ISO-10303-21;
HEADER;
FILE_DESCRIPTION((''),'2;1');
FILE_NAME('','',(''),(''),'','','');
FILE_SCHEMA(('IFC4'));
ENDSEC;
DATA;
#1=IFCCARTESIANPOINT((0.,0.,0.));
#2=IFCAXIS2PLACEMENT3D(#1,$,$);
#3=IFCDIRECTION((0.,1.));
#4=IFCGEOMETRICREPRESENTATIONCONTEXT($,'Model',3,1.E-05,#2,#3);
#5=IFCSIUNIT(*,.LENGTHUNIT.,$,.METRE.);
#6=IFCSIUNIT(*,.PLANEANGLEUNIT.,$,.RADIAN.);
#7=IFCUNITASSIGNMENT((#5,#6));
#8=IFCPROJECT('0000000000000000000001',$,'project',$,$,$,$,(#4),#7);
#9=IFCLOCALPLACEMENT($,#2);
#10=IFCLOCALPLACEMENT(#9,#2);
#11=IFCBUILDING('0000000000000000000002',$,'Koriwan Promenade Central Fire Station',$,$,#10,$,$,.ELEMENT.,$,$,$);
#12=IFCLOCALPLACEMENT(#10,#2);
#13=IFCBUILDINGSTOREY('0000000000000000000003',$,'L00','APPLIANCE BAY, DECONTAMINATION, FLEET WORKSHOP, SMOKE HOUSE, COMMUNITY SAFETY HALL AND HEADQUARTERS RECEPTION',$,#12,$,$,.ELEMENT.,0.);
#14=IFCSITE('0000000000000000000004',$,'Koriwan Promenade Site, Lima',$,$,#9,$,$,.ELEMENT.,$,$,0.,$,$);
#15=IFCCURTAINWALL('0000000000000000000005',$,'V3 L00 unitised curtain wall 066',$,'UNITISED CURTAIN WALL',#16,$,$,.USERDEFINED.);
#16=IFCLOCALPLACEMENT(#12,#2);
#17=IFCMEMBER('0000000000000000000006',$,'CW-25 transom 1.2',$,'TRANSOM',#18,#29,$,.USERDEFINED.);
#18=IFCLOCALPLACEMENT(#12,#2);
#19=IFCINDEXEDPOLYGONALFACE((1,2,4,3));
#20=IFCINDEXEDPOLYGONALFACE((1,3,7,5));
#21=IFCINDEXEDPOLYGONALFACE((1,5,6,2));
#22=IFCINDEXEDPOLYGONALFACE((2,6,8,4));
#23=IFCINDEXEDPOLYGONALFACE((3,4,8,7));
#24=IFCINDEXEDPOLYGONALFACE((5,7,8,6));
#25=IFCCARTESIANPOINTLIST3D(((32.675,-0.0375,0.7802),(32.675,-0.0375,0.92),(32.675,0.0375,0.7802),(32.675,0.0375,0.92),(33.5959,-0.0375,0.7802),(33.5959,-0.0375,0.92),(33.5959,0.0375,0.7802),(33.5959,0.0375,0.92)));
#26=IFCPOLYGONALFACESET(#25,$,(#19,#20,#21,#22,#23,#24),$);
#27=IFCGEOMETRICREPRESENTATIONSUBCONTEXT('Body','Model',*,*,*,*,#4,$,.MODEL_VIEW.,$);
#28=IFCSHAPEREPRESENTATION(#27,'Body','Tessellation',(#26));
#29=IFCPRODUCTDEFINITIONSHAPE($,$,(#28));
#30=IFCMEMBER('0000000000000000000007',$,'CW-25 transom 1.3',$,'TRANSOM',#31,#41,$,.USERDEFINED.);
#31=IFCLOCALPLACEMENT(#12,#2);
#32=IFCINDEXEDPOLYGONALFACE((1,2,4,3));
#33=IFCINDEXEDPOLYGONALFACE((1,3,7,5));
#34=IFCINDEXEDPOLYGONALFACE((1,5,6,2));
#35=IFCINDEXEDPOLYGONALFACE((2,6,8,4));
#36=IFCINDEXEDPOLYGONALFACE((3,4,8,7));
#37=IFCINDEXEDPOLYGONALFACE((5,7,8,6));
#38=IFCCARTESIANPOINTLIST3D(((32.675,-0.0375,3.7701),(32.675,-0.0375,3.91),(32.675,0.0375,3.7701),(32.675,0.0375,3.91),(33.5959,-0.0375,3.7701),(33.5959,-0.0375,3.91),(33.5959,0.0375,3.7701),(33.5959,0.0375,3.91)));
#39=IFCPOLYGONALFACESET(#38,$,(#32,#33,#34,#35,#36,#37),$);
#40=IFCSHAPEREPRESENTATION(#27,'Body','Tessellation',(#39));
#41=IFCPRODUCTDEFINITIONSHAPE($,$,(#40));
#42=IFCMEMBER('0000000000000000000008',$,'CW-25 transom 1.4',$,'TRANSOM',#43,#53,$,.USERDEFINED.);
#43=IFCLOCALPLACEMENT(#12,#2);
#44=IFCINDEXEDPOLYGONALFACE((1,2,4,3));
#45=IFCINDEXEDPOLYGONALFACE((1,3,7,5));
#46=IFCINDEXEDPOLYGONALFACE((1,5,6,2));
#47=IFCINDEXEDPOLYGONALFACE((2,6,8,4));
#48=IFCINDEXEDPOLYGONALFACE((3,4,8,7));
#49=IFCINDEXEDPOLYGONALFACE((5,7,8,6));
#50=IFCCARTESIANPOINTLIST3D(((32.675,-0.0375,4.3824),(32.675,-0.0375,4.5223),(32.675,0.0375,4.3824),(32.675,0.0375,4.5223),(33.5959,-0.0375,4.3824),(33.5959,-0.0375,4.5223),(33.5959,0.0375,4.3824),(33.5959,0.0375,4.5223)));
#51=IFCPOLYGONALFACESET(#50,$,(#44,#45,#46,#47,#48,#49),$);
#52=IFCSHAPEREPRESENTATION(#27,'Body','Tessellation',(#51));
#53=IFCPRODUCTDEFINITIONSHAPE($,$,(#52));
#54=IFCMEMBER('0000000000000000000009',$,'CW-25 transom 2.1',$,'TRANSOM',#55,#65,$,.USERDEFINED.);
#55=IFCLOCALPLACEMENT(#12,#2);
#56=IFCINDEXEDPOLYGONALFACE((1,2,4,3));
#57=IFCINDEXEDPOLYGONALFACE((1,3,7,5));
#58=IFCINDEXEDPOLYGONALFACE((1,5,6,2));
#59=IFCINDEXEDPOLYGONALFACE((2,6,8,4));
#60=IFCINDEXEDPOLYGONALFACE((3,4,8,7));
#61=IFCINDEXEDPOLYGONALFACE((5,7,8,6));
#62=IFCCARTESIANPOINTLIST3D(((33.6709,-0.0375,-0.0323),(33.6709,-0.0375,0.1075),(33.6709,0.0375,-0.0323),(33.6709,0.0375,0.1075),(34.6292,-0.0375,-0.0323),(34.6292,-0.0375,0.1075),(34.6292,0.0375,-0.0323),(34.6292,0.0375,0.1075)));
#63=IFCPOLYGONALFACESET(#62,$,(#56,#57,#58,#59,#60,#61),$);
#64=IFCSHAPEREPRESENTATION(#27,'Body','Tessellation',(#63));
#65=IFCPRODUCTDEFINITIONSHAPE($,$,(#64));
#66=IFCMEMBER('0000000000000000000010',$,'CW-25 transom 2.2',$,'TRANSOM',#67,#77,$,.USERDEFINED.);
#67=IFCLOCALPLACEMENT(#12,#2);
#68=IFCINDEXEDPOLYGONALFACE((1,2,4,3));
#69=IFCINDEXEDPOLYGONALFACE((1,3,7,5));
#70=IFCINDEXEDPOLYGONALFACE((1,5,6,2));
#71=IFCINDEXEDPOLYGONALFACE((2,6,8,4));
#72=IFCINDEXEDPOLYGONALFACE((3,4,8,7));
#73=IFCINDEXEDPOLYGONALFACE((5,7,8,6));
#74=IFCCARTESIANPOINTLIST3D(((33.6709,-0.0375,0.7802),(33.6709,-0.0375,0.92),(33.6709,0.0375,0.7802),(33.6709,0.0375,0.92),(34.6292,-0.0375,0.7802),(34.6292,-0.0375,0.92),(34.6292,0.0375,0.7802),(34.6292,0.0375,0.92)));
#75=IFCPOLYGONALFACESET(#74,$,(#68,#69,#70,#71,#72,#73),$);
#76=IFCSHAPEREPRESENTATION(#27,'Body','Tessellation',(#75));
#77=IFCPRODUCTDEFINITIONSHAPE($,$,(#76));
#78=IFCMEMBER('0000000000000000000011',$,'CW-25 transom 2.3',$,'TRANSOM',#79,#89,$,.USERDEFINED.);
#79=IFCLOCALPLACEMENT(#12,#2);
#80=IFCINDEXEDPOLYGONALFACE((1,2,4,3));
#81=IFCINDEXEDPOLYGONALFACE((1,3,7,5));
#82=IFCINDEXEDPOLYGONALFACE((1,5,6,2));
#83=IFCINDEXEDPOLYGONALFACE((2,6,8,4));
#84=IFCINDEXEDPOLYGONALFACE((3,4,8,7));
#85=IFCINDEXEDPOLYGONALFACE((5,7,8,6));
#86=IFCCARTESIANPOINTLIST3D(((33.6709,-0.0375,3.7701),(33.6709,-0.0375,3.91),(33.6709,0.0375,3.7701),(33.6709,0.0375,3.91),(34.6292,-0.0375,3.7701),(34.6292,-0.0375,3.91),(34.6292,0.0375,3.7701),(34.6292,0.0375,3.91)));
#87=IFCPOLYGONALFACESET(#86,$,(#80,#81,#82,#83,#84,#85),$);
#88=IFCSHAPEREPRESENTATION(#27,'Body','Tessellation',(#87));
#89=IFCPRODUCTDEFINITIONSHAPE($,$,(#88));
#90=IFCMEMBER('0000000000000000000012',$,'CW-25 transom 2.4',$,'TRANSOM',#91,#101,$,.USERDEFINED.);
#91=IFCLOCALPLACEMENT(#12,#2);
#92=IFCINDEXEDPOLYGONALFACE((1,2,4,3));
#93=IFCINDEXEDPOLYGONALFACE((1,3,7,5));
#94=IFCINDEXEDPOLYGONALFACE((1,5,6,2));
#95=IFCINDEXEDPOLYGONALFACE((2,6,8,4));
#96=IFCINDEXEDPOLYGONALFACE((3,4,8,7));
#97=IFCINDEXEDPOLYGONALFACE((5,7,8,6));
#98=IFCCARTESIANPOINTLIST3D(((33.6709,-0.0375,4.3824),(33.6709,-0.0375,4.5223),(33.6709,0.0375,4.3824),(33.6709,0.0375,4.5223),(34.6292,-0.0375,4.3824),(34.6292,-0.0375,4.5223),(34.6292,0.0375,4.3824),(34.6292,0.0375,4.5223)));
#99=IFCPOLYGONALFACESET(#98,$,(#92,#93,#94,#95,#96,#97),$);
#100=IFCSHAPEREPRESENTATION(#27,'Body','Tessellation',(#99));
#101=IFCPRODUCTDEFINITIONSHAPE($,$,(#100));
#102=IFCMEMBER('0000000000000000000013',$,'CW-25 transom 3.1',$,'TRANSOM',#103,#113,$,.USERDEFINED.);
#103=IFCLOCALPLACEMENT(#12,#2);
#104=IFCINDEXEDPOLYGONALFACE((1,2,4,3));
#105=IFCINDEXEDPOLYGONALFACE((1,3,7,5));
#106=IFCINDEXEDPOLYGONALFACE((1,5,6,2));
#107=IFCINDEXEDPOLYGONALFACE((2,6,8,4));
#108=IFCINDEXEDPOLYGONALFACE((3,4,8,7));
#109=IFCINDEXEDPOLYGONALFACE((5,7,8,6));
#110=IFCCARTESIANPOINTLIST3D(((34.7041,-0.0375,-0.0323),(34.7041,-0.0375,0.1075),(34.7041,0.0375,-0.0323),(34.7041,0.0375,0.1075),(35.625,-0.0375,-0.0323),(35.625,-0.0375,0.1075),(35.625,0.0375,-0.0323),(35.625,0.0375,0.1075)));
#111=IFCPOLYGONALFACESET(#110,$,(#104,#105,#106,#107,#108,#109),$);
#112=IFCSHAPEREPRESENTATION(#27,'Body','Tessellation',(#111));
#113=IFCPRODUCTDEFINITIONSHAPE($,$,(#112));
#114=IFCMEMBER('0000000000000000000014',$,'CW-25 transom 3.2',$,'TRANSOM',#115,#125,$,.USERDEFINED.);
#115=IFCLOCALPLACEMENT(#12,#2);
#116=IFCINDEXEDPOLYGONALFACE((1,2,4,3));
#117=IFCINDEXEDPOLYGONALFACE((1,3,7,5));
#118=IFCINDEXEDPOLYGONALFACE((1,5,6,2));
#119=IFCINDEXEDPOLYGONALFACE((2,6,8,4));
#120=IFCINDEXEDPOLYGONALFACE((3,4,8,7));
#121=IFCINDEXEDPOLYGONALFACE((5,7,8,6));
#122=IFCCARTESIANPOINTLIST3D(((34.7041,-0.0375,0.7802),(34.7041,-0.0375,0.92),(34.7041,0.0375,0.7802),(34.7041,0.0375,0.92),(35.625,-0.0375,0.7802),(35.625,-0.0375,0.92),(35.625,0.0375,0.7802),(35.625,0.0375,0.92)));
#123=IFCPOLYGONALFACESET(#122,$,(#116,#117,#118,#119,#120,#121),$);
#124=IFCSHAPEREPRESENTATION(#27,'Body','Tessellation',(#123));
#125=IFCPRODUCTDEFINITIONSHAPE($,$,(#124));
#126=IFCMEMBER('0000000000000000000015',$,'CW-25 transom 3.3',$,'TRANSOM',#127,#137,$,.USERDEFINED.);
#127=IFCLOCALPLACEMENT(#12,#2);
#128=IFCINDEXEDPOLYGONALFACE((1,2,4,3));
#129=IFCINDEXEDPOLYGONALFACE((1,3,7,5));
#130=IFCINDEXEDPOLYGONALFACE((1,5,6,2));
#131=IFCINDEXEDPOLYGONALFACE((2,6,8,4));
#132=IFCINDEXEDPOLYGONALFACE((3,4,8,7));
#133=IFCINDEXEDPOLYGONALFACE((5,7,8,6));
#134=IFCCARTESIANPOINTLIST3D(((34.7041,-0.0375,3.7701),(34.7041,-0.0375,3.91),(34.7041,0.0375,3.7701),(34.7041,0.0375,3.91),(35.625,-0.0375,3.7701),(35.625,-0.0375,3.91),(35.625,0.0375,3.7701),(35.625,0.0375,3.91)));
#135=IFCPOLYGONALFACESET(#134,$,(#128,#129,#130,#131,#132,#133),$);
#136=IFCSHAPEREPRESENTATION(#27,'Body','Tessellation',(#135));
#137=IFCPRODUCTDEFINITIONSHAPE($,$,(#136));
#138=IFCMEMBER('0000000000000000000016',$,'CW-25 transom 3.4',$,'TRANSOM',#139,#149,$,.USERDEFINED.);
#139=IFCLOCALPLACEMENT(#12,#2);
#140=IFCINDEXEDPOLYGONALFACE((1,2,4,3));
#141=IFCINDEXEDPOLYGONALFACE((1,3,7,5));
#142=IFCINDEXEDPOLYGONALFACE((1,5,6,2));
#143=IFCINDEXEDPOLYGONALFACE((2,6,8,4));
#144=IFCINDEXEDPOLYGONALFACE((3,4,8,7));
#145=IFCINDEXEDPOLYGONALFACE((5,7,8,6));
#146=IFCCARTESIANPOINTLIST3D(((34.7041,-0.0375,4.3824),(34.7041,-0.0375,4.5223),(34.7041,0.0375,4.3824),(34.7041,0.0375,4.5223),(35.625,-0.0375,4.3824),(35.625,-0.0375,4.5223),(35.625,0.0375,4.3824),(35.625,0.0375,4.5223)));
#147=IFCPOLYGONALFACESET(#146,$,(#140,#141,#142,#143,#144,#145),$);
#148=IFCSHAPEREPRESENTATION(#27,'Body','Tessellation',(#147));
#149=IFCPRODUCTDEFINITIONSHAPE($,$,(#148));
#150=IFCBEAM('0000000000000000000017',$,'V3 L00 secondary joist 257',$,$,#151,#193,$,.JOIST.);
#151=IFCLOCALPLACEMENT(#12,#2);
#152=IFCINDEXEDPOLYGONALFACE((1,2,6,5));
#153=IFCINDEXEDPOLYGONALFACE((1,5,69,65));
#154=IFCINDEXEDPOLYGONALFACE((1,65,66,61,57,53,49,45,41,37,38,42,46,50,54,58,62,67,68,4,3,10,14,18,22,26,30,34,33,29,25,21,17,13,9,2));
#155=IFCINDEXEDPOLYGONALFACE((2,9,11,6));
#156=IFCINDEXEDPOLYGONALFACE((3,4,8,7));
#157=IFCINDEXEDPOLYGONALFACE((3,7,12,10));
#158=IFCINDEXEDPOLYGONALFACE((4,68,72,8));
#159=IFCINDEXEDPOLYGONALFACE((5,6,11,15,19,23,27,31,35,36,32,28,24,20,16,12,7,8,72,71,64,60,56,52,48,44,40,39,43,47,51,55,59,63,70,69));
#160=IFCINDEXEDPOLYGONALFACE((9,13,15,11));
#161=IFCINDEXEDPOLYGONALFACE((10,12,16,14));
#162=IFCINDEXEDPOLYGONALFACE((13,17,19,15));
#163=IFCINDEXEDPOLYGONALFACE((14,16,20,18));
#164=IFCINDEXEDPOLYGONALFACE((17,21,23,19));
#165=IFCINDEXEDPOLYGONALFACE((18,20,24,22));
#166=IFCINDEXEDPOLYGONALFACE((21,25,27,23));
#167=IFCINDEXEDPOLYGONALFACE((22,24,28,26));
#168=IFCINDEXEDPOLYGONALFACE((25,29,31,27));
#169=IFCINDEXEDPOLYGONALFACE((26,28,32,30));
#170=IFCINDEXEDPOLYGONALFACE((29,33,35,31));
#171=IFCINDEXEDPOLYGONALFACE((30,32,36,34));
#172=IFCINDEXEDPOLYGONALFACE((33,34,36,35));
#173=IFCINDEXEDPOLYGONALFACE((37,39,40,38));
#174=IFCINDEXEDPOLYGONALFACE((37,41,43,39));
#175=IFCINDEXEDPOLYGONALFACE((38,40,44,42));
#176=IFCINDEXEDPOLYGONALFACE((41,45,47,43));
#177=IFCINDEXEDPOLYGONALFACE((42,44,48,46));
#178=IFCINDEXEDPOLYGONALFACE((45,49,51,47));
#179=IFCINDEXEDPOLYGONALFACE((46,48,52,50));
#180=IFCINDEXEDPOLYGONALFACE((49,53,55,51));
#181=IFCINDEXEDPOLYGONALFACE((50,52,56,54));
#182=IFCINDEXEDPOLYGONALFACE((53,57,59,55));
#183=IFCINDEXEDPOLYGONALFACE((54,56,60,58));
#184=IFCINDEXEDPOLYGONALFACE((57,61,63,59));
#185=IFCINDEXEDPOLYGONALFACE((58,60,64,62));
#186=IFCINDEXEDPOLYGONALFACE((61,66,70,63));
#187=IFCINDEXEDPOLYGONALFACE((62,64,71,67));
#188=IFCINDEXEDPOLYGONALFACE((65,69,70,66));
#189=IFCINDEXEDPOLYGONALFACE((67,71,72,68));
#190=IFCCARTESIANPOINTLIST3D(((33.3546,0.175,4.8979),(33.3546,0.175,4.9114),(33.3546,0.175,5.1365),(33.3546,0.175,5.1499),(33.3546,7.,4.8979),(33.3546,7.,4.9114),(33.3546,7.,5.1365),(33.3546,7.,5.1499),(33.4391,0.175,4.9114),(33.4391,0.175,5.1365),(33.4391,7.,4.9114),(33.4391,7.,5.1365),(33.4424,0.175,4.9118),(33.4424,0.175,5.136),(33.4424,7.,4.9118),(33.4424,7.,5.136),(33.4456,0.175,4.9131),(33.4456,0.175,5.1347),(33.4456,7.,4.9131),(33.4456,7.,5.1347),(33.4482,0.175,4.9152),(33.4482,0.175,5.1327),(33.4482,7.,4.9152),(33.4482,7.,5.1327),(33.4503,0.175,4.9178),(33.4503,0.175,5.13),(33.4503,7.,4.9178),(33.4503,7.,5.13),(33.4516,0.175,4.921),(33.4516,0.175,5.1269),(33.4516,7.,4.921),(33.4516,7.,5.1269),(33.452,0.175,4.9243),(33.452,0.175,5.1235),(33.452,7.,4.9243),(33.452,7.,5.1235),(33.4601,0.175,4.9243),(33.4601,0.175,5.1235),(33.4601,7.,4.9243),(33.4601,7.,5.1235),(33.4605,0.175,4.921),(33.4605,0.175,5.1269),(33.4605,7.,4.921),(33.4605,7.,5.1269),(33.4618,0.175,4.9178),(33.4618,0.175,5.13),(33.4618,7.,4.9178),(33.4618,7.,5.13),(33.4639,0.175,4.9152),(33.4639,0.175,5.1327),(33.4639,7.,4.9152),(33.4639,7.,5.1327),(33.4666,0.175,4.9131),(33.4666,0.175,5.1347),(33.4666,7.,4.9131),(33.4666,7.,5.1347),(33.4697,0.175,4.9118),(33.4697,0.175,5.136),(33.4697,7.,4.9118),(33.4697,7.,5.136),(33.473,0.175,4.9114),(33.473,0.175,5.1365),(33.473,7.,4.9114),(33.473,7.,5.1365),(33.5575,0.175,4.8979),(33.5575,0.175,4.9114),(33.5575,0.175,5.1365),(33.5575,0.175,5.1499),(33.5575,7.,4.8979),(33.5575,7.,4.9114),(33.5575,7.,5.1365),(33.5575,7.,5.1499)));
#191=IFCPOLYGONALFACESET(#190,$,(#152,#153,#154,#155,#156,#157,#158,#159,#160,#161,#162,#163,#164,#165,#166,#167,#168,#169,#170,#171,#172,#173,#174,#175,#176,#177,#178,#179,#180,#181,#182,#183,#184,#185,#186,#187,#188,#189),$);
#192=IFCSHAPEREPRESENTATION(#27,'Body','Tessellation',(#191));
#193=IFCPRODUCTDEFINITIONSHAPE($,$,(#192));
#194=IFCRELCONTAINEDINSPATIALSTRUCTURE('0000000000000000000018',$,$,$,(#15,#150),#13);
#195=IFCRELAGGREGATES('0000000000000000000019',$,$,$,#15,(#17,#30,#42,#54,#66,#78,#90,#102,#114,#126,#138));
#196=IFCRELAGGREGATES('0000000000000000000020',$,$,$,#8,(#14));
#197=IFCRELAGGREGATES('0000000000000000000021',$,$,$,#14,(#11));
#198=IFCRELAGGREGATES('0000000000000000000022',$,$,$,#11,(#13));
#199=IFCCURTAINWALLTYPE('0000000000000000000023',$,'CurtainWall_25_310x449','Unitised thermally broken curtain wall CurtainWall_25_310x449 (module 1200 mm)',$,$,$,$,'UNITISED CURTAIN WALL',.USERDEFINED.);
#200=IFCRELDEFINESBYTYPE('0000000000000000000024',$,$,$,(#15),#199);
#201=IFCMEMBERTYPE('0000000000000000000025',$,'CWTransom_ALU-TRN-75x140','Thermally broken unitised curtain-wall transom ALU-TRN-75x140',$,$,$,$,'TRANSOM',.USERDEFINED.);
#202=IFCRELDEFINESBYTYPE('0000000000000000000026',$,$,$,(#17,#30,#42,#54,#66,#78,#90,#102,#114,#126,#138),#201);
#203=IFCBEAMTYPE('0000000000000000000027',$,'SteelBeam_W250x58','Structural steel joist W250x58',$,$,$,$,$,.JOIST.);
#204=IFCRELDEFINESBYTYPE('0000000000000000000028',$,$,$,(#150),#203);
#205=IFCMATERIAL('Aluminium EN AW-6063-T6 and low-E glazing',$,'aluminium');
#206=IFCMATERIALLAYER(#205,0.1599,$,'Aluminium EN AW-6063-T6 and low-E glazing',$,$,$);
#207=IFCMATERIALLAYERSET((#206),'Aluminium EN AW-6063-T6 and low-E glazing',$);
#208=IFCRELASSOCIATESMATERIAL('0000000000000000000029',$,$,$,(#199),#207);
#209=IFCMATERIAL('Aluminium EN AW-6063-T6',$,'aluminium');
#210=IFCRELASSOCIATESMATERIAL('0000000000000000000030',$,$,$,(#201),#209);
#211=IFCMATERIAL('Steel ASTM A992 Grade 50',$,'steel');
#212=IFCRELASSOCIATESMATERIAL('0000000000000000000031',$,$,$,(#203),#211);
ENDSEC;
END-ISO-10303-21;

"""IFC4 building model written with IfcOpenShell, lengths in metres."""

from ifc_helpers import new_model, si_unit, direction, frame, origin, origin_2d, place, context, subcontext, project, spatial, rectangle, i_section, extrude, material, layer, layer_set, material_profile, profile_set, type_object, element, aggregate, save


model = new_model("IFC4")

# Units and contexts
model_context = context("Model", 3, precision=1e-05, world=origin(), true_north=direction((0.0, 1.0)))
body_context = subcontext(model_context, "Body", "Model", "MODEL_VIEW")
ifc_project = project(units=[si_unit("LENGTHUNIT", "METRE"), si_unit("PLANEANGLEUNIT", "RADIAN")], contexts=[model_context])

# Site, building, storey
site_placement = place(None, origin())
site = spatial("IfcSite", under=ifc_project, at=site_placement, Name="Koriwan Promenade Site, Lima", CompositionType="ELEMENT", RefElevation=0.0)
building_placement = place(site_placement, origin())
building = spatial("IfcBuilding", under=site, at=building_placement, Name="Koriwan Promenade Central Fire Station", CompositionType="ELEMENT")
storey_placement = place(building_placement, origin())
storey = spatial("IfcBuildingStorey", under=building, at=storey_placement, Name="L00", Description="APPLIANCE BAY, DECONTAMINATION, FLEET WORKSHOP, SMOKE HOUSE, COMMUNITY SAFETY HALL AND HEADQUARTERS RECEPTION", CompositionType="ELEMENT", Elevation=0.0)

# Shared definitions
ifc_material_1 = material(Name="Aluminium EN AW-6063-T6 and low-E glazing", Category="aluminium")
ifc_material_2 = material(Name="Aluminium EN AW-6063-T6", Category="aluminium")

# Curtain wall
ifc_layer_1 = layer(ifc_material_1, 0.1599, Name="Aluminium EN AW-6063-T6 and low-E glazing")
ifc_layer_set_1 = layer_set([ifc_layer_1], Name="Aluminium EN AW-6063-T6 and low-E glazing")
curtain_wall_type_1 = type_object("IfcCurtainWallType", Name="CurtainWall_25_310x449", Description="Unitised thermally broken curtain wall CurtainWall_25_310x449 (module 1200 mm)", ElementType="UNITISED CURTAIN WALL", PredefinedType="USERDEFINED", material=ifc_layer_set_1)
curtain_wall_1_placement = place(storey_placement, origin())
curtain_wall_1 = element("IfcCurtainWall", 1, at=curtain_wall_1_placement, inside=storey, type_object=curtain_wall_type_1, Name="V3 L00 unitised curtain wall 066", ObjectType="UNITISED CURTAIN WALL", PredefinedType="USERDEFINED")

# Members
ifc_material_profile_1 = material_profile(ifc_material_2, rectangle(XDim=0.075, YDim=0.1399, at=origin_2d()), Name="ALU-TRN-75x140")
ifc_profile_set_1 = profile_set([ifc_material_profile_1], Name="Aluminium EN AW-6063-T6")
member_type_1 = type_object("IfcMemberType", Name="CWTransom_ALU-TRN-75x140", Description="Thermally broken unitised curtain-wall transom ALU-TRN-75x140", ElementType="TRANSOM", PredefinedType="USERDEFINED", material=ifc_profile_set_1)
member_1_placement = place(storey_placement, frame((32.675, 0.0, 0.8501), z_axis=(1.0, 0.0, 0.0), x_axis=(0.0, 1.0, 0.0)))
member_1 = element("IfcMember", 2, at=member_1_placement, type_object=member_type_1, Name="CW-25 transom 1.2", ObjectType="TRANSOM", PredefinedType="USERDEFINED", context=body_context, shape_type="SweptSolid", body=[
    extrude(rectangle(XDim=0.075, YDim=0.1399, at=origin_2d()), origin(), (0.0, 0.0, 1.0), 0.9209),
])
member_2_placement = place(storey_placement, frame((32.675, 0.0, 3.8401), z_axis=(1.0, 0.0, 0.0), x_axis=(0.0, 1.0, 0.0)))
member_2 = element("IfcMember", 3, at=member_2_placement, type_object=member_type_1, Name="CW-25 transom 1.3", ObjectType="TRANSOM", PredefinedType="USERDEFINED", context=body_context, shape_type="SweptSolid", body=[
    extrude(rectangle(XDim=0.075, YDim=0.1399, at=origin_2d()), origin(), (0.0, 0.0, 1.0), 0.9209),
])
member_3_placement = place(storey_placement, frame((32.675, 0.0, 4.4524), z_axis=(1.0, 0.0, 0.0), x_axis=(0.0, 1.0, 0.0)))
member_3 = element("IfcMember", 4, at=member_3_placement, type_object=member_type_1, Name="CW-25 transom 1.4", ObjectType="TRANSOM", PredefinedType="USERDEFINED", context=body_context, shape_type="SweptSolid", body=[
    extrude(rectangle(XDim=0.075, YDim=0.1399, at=origin_2d()), origin(), (0.0, 0.0, 1.0), 0.9209),
])
member_4_placement = place(storey_placement, frame((33.6709, 0.0, 0.0376), z_axis=(1.0, 0.0, 0.0), x_axis=(0.0, 1.0, 0.0)))
member_4 = element("IfcMember", 5, at=member_4_placement, type_object=member_type_1, Name="CW-25 transom 2.1", ObjectType="TRANSOM", PredefinedType="USERDEFINED", context=body_context, shape_type="SweptSolid", body=[
    extrude(rectangle(XDim=0.075, YDim=0.1399, at=origin_2d()), origin(), (0.0, 0.0, 1.0), 0.9583),
])
member_5_placement = place(storey_placement, frame((33.6709, 0.0, 0.8501), z_axis=(1.0, 0.0, 0.0), x_axis=(0.0, 1.0, 0.0)))
member_5 = element("IfcMember", 6, at=member_5_placement, type_object=member_type_1, Name="CW-25 transom 2.2", ObjectType="TRANSOM", PredefinedType="USERDEFINED", context=body_context, shape_type="SweptSolid", body=[
    extrude(rectangle(XDim=0.075, YDim=0.1399, at=origin_2d()), origin(), (0.0, 0.0, 1.0), 0.9583),
])
member_6_placement = place(storey_placement, frame((33.6709, 0.0, 3.8401), z_axis=(1.0, 0.0, 0.0), x_axis=(0.0, 1.0, 0.0)))
member_6 = element("IfcMember", 7, at=member_6_placement, type_object=member_type_1, Name="CW-25 transom 2.3", ObjectType="TRANSOM", PredefinedType="USERDEFINED", context=body_context, shape_type="SweptSolid", body=[
    extrude(rectangle(XDim=0.075, YDim=0.1399, at=origin_2d()), origin(), (0.0, 0.0, 1.0), 0.9583),
])
member_7_placement = place(storey_placement, frame((33.6709, 0.0, 4.4524), z_axis=(1.0, 0.0, 0.0), x_axis=(0.0, 1.0, 0.0)))
member_7 = element("IfcMember", 8, at=member_7_placement, type_object=member_type_1, Name="CW-25 transom 2.4", ObjectType="TRANSOM", PredefinedType="USERDEFINED", context=body_context, shape_type="SweptSolid", body=[
    extrude(rectangle(XDim=0.075, YDim=0.1399, at=origin_2d()), origin(), (0.0, 0.0, 1.0), 0.9583),
])
member_8_placement = place(storey_placement, frame((34.7041, 0.0, 0.0376), z_axis=(1.0, 0.0, 0.0), x_axis=(0.0, 1.0, 0.0)))
member_8 = element("IfcMember", 9, at=member_8_placement, type_object=member_type_1, Name="CW-25 transom 3.1", ObjectType="TRANSOM", PredefinedType="USERDEFINED", context=body_context, shape_type="SweptSolid", body=[
    extrude(rectangle(XDim=0.075, YDim=0.1399, at=origin_2d()), origin(), (0.0, 0.0, 1.0), 0.9209),
])
member_9_placement = place(storey_placement, frame((34.7041, 0.0, 0.8501), z_axis=(1.0, 0.0, 0.0), x_axis=(0.0, 1.0, 0.0)))
member_9 = element("IfcMember", 10, at=member_9_placement, type_object=member_type_1, Name="CW-25 transom 3.2", ObjectType="TRANSOM", PredefinedType="USERDEFINED", context=body_context, shape_type="SweptSolid", body=[
    extrude(rectangle(XDim=0.075, YDim=0.1399, at=origin_2d()), origin(), (0.0, 0.0, 1.0), 0.9209),
])
member_10_placement = place(storey_placement, frame((34.7041, 0.0, 3.8401), z_axis=(1.0, 0.0, 0.0), x_axis=(0.0, 1.0, 0.0)))
member_10 = element("IfcMember", 11, at=member_10_placement, type_object=member_type_1, Name="CW-25 transom 3.3", ObjectType="TRANSOM", PredefinedType="USERDEFINED", context=body_context, shape_type="SweptSolid", body=[
    extrude(rectangle(XDim=0.075, YDim=0.1399, at=origin_2d()), origin(), (0.0, 0.0, 1.0), 0.9209),
])
member_11_placement = place(storey_placement, frame((34.7041, 0.0, 4.4524), z_axis=(1.0, 0.0, 0.0), x_axis=(0.0, 1.0, 0.0)))
member_11 = element("IfcMember", 12, at=member_11_placement, type_object=member_type_1, Name="CW-25 transom 3.4", ObjectType="TRANSOM", PredefinedType="USERDEFINED", context=body_context, shape_type="SweptSolid", body=[
    extrude(rectangle(XDim=0.075, YDim=0.1399, at=origin_2d()), origin(), (0.0, 0.0, 1.0), 0.9209),
])

# Beam
ifc_material_3 = material(Name="Steel ASTM A992 Grade 50", Category="steel")
ifc_material_profile_2 = material_profile(ifc_material_3, i_section(OverallWidth=0.2029, OverallDepth=0.252, WebThickness=0.0081, FlangeThickness=0.0134, FilletRadius=0.0129, at=origin_2d()), Name="W250x58")
ifc_profile_set_2 = profile_set([ifc_material_profile_2], Name="Steel ASTM A992 Grade 50")
beam_type_1 = type_object("IfcBeamType", Name="SteelBeam_W250x58", Description="Structural steel joist W250x58", PredefinedType="JOIST", material=ifc_profile_set_2)
beam_1_placement = place(storey_placement, frame((33.4561, 0.175, 5.0239), z_axis=(0.0, 1.0, 0.0), x_axis=(-1.0, 0.0, 0.0)))
element("IfcBeam", 13, at=beam_1_placement, inside=storey, type_object=beam_type_1, Name="V3 L00 secondary joist 257", PredefinedType="JOIST", context=body_context, shape_type="SweptSolid", body=[
    extrude(i_section(OverallWidth=0.2029, OverallDepth=0.252, WebThickness=0.0081, FlangeThickness=0.0134, FilletRadius=0.0129, at=origin_2d()), origin(), (0.0, 0.0, 1.0), 6.825),
])

aggregate(curtain_wall_1, [member_1, member_2, member_3, member_4, member_5, member_6, member_7, member_8, member_9, member_10, member_11])

save(model, "model.ifc")
